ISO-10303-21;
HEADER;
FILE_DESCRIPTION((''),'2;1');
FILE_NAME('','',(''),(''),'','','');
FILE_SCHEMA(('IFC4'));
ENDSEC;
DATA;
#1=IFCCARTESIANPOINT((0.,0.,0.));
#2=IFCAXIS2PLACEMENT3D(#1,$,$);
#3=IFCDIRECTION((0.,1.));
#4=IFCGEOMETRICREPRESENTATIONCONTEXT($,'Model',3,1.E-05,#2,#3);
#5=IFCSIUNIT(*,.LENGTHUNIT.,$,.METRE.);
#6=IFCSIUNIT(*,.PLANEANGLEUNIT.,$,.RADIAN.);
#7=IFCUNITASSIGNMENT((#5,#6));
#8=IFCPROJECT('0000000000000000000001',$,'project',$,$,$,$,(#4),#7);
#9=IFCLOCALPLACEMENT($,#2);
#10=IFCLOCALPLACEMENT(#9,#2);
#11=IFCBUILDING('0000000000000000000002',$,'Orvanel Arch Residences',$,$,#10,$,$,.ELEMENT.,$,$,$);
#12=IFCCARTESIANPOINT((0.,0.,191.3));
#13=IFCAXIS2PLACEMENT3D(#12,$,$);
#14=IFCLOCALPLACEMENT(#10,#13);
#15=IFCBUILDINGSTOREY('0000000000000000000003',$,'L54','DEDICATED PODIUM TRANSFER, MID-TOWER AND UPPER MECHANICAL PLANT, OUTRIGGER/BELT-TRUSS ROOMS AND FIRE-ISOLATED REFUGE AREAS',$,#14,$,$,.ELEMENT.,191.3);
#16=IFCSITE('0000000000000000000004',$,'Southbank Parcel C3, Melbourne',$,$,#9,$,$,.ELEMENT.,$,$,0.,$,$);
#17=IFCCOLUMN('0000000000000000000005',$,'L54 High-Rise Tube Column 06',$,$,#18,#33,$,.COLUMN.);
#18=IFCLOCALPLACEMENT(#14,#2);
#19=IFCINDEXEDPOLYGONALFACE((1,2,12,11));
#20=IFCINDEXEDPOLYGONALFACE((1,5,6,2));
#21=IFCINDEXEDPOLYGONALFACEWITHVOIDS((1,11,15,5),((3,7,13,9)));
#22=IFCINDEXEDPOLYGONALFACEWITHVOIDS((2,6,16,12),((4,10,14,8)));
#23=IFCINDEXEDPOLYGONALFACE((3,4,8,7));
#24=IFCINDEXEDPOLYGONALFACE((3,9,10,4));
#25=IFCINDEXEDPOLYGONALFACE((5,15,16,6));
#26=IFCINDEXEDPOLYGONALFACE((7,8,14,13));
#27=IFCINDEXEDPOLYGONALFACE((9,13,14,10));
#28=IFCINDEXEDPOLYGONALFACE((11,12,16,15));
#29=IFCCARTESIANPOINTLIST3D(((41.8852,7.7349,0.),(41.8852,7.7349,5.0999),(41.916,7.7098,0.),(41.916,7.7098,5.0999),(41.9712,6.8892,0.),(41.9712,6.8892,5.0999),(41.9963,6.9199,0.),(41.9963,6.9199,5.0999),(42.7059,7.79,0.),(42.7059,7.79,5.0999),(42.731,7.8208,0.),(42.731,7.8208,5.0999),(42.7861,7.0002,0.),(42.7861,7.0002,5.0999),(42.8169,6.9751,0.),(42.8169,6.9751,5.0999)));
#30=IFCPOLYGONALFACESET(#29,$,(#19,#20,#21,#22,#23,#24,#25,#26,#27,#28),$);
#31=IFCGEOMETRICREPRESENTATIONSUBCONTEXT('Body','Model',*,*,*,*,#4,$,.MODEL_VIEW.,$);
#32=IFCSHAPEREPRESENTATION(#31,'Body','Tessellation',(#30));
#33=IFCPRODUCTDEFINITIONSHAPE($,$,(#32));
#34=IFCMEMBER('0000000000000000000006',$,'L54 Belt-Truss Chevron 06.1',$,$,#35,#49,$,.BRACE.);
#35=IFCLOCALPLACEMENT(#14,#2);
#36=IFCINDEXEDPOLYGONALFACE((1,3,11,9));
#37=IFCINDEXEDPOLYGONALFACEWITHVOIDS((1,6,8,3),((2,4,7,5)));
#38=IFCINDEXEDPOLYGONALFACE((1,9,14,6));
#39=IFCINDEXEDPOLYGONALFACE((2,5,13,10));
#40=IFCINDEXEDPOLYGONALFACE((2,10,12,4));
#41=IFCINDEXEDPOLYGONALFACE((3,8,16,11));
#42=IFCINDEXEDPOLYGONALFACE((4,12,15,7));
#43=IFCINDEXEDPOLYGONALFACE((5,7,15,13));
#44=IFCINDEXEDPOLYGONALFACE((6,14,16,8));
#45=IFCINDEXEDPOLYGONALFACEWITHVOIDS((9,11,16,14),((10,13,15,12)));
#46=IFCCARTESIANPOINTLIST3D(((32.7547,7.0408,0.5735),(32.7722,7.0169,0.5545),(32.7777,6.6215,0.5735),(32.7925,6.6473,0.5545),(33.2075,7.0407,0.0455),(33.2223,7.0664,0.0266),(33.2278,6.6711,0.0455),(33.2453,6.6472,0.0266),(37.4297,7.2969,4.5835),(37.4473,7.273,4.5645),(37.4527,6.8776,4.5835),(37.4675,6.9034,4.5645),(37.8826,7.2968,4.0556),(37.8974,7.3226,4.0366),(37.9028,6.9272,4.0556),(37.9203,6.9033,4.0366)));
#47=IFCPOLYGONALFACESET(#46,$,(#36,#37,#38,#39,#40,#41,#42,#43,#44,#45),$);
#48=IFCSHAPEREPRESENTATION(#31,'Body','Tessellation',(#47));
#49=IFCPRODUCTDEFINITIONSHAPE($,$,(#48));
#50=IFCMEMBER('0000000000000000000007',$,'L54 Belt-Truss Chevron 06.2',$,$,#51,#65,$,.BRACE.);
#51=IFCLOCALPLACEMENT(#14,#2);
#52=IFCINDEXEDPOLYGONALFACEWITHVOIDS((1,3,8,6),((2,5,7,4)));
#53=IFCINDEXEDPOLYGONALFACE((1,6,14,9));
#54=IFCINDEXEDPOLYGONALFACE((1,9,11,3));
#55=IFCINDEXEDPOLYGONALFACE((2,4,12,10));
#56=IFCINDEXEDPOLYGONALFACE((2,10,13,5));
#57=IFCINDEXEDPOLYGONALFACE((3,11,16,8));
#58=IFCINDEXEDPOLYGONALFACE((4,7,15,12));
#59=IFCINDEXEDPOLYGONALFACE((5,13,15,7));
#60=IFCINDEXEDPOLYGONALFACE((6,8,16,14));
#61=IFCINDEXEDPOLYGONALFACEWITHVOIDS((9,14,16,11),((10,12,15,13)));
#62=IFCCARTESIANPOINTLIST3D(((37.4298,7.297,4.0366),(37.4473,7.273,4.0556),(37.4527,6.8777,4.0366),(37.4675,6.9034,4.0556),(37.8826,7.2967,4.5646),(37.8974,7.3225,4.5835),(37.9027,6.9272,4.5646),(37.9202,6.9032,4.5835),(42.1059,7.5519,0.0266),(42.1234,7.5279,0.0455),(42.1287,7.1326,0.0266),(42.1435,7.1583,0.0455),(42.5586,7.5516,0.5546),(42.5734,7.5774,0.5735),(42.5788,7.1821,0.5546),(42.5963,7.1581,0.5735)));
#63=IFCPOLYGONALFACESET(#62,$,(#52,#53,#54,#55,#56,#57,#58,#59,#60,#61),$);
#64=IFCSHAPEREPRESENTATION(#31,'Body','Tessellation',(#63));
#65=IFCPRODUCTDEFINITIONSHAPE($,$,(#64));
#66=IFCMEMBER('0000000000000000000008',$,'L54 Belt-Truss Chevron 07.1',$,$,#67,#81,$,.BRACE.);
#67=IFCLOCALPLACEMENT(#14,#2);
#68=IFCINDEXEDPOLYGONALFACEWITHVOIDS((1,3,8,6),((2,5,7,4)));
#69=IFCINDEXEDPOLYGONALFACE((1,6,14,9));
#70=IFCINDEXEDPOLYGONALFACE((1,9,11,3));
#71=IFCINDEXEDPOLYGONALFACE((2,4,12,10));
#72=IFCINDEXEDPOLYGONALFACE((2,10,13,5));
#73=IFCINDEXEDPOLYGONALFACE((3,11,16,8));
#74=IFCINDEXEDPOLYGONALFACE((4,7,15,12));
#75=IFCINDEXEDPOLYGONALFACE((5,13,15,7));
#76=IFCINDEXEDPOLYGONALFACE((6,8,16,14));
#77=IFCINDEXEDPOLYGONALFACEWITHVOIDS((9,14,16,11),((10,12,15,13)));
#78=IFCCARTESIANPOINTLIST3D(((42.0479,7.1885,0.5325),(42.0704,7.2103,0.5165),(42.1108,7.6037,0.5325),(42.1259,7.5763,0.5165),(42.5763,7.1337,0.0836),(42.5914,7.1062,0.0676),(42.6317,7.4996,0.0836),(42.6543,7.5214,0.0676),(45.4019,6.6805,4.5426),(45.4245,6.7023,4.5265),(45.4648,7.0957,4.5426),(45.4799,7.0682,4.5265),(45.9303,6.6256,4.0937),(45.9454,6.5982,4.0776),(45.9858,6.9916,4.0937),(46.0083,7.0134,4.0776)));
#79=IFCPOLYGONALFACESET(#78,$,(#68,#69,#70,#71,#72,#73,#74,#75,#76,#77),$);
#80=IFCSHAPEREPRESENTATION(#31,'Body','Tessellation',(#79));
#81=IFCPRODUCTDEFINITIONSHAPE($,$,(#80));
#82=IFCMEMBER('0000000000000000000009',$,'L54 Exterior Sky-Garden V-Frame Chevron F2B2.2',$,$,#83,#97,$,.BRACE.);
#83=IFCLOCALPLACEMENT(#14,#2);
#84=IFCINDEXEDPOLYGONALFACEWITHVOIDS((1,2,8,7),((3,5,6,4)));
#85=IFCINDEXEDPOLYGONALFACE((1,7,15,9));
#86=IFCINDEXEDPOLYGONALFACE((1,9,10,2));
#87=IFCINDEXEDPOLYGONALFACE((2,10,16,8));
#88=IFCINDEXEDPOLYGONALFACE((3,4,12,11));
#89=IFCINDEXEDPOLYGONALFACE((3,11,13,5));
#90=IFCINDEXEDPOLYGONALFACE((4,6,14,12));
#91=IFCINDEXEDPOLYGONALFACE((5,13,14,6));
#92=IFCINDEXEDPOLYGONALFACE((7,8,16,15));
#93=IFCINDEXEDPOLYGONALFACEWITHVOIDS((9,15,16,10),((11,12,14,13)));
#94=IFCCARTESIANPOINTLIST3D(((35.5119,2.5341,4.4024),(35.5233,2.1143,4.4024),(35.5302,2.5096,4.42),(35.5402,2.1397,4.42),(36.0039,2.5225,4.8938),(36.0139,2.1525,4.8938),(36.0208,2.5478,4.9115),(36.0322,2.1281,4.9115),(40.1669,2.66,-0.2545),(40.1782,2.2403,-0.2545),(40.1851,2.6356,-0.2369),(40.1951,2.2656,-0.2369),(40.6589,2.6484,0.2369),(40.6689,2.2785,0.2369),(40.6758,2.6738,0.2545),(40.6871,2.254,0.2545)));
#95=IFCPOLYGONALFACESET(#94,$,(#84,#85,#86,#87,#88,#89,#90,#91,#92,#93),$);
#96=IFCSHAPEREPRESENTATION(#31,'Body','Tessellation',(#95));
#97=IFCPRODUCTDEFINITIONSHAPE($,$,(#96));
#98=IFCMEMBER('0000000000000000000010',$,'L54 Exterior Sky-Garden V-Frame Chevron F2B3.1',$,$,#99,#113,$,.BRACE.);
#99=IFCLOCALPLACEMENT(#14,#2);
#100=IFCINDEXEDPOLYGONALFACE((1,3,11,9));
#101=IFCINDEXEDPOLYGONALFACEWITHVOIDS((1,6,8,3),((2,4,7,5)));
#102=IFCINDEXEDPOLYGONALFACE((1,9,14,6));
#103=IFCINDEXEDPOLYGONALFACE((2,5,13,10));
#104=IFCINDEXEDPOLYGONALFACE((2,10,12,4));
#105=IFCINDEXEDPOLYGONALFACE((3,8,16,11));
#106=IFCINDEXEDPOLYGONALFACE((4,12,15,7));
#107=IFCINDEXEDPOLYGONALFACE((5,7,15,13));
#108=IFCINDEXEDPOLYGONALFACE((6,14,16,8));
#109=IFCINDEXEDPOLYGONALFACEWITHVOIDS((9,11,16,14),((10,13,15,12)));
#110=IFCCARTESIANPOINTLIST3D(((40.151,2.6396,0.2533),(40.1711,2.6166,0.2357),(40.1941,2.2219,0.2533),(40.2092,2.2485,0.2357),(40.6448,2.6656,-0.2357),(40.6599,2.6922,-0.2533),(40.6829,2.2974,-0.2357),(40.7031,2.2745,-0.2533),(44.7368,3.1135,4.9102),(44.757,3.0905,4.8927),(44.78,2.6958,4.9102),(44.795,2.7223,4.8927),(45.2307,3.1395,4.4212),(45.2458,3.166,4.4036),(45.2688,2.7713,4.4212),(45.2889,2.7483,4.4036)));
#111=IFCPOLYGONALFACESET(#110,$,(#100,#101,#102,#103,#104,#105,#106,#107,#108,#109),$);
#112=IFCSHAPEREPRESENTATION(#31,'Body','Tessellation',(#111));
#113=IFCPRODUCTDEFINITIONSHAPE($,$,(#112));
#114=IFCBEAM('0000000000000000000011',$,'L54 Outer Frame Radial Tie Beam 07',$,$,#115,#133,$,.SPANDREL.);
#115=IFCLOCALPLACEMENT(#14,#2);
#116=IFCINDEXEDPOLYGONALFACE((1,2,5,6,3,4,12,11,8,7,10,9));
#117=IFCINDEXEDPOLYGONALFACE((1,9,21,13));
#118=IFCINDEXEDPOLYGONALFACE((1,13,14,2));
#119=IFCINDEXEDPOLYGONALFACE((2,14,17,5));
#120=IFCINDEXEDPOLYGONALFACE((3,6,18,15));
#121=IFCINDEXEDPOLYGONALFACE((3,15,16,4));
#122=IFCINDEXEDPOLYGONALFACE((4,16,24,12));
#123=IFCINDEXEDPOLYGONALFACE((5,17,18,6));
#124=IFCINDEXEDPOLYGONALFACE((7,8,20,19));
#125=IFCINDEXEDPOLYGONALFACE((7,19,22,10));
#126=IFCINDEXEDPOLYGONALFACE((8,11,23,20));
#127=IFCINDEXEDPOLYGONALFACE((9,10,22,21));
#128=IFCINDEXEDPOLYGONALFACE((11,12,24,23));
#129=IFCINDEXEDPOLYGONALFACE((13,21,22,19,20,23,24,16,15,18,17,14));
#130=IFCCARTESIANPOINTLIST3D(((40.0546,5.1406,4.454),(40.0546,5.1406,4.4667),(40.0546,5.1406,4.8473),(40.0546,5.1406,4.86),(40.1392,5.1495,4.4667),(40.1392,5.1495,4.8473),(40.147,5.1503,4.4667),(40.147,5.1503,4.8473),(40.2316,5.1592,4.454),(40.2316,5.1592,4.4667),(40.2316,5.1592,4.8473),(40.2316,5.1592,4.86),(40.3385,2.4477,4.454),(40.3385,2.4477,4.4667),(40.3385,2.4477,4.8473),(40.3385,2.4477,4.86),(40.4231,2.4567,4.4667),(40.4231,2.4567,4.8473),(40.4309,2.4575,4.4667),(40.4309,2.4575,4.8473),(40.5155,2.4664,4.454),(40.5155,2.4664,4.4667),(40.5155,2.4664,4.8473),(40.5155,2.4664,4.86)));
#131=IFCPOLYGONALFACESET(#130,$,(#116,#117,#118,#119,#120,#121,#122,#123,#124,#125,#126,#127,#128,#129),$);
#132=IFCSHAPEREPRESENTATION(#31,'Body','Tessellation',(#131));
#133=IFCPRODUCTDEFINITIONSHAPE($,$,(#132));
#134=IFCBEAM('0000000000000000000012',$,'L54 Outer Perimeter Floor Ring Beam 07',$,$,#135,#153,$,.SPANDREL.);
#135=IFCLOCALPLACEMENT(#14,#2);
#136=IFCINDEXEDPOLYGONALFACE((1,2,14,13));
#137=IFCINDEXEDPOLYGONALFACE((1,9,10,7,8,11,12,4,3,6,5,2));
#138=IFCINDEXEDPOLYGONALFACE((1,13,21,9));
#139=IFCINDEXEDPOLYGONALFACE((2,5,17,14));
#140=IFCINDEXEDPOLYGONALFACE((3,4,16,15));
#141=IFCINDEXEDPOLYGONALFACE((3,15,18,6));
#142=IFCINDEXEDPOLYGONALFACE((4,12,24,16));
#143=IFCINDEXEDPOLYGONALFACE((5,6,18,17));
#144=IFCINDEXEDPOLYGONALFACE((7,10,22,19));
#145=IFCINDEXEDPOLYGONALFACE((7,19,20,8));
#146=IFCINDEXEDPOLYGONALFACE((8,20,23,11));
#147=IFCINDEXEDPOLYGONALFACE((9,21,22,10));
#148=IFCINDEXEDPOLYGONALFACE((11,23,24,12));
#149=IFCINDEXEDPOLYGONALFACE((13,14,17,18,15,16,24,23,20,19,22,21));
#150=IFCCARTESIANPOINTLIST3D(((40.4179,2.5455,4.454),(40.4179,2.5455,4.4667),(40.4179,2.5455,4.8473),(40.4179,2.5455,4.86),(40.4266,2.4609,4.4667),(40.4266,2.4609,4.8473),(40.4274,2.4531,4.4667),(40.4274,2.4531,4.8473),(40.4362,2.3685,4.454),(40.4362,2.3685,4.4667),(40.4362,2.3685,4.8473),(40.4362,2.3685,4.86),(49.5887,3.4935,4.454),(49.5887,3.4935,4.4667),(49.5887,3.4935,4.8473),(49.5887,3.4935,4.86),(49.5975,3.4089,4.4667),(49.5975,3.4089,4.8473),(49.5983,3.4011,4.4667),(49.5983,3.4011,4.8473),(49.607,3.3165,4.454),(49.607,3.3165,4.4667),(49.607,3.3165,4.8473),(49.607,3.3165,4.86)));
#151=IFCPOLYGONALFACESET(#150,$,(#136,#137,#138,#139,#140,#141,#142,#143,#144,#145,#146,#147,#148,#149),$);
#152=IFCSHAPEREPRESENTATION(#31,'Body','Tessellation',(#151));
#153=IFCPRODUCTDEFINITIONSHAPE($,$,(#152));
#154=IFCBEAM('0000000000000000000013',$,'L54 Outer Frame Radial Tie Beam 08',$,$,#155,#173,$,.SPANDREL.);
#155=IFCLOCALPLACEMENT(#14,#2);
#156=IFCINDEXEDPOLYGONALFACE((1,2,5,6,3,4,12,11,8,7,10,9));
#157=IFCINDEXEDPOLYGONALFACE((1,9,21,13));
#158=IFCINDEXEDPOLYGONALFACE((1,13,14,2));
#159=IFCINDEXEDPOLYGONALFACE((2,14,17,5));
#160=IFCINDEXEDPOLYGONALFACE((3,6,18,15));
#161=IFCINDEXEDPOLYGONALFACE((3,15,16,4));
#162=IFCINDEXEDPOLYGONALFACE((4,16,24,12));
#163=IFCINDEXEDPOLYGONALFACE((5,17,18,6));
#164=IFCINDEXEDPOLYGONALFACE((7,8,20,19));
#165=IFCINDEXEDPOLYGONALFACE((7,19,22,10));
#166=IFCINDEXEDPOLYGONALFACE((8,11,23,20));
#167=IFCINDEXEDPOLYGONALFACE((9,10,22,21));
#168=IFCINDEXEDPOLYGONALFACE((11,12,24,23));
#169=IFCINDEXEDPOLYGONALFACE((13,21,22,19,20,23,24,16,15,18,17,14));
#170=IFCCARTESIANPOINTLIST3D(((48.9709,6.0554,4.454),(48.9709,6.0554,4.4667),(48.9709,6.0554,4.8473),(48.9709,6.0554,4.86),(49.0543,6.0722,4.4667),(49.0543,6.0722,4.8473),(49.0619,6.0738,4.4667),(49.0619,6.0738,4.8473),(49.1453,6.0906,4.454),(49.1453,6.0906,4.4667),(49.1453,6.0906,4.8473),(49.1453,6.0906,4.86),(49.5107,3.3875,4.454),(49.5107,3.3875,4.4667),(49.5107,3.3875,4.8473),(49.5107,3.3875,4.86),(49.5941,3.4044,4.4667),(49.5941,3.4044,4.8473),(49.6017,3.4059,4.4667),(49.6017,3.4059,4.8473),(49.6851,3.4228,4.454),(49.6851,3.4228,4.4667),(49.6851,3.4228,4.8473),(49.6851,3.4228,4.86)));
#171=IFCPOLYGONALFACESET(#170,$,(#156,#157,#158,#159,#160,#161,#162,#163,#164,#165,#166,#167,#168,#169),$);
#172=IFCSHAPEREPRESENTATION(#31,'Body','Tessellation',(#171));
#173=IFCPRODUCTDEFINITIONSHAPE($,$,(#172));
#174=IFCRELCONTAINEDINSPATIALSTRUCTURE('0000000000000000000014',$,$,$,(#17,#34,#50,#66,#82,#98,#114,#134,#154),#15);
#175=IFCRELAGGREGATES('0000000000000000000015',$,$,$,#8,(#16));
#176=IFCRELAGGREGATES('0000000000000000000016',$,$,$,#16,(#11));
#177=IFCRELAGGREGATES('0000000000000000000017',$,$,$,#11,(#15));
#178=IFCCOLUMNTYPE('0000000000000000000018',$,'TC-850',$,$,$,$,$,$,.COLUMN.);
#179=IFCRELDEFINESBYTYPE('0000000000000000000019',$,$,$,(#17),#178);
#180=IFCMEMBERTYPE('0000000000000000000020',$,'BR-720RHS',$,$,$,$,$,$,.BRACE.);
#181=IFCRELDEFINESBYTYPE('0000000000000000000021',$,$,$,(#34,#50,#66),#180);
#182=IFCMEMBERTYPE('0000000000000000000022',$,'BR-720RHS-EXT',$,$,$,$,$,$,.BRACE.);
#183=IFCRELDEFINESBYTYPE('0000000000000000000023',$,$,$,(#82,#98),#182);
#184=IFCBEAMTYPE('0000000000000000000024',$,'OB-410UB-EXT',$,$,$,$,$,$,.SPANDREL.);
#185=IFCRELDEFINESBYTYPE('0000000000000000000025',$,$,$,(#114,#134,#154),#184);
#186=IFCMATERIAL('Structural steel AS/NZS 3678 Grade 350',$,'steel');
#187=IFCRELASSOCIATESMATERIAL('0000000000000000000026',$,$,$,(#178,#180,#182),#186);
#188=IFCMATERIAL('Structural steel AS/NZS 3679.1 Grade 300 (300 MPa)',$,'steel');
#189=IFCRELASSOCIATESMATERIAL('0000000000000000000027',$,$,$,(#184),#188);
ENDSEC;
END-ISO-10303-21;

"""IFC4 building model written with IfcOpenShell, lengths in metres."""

from ifc_helpers import new_model, si_unit, direction, frame, origin, origin_2d, place, context, subcontext, project, spatial, hollow_rectangle, i_section, extrude, material, material_profile, profile_set, type_object, element, save


model = new_model("IFC4")

# Units and contexts
model_context = context("Model", 3, precision=1e-05, world=origin(), true_north=direction((0.0, 1.0)))
body_context = subcontext(model_context, "Body", "Model", "MODEL_VIEW")
ifc_project = project(units=[si_unit("LENGTHUNIT", "METRE"), si_unit("PLANEANGLEUNIT", "RADIAN")], contexts=[model_context])

# Site, building, storey
site_placement = place(None, origin())
site = spatial("IfcSite", under=ifc_project, at=site_placement, Name="Southbank Parcel C3, Melbourne", CompositionType="ELEMENT", RefElevation=0.0)
building_placement = place(site_placement, origin())
building = spatial("IfcBuilding", under=site, at=building_placement, Name="Orvanel Arch Residences", CompositionType="ELEMENT")
storey_placement = place(building_placement, frame((0.0, 0.0, 191.3)))
storey = spatial("IfcBuildingStorey", under=building, at=storey_placement, Name="L54", Description="DEDICATED PODIUM TRANSFER, MID-TOWER AND UPPER MECHANICAL PLANT, OUTRIGGER/BELT-TRUSS ROOMS AND FIRE-ISOLATED REFUGE AREAS", CompositionType="ELEMENT", Elevation=191.3)

# Column
ifc_material_1 = material(Name="Structural steel AS/NZS 3678 Grade 350", Category="steel")
ifc_material_profile_1 = material_profile(ifc_material_1, hollow_rectangle(XDim=0.8501, YDim=0.8501, WallThickness=0.0281, at=origin_2d()), Name="BOX850x850x28")
ifc_profile_set_1 = profile_set([ifc_material_profile_1], Name="Structural steel AS/NZS 3678 Grade 350")
column_type = type_object("IfcColumnType", Name="TC-850", PredefinedType="COLUMN", material=ifc_profile_set_1)
column_placement = place(storey_placement, frame((42.3511, 7.355, 0.0), z_axis=(0.0, 0.0, 1.0), x_axis=(0.994881, 0.101056, 0.0)))
element("IfcColumn", 1, at=column_placement, inside=storey, type_object=column_type, Name="L54 High-Rise Tube Column 06", PredefinedType="COLUMN", context=body_context, shape_type="SweptSolid", body=[
    extrude(hollow_rectangle(XDim=0.8501, YDim=0.8501, WallThickness=0.0281, at=origin_2d()), origin(), (0.0, 0.0, 1.0), 5.0999),
])

# Members
ifc_material_profile_2 = material_profile(ifc_material_1, hollow_rectangle(XDim=0.4199, YDim=0.72, WallThickness=0.0249, at=origin_2d()), Name="RHS720x420x25")
ifc_profile_set_2 = profile_set([ifc_material_profile_2], Name="Structural steel AS/NZS 3678 Grade 350")
member_type_1 = type_object("IfcMemberType", Name="BR-720RHS", PredefinedType="BRACE", material=ifc_profile_set_2)
member_1_placement = place(storey_placement, frame((33.0, 6.844, 0.3), z_axis=(0.758375, 0.041544, 0.650494), x_axis=(-0.054699, 0.998503, 0.0)))
element("IfcMember", 2, at=member_1_placement, inside=storey, type_object=member_type_1, Name="L54 Belt-Truss Chevron 06.1", PredefinedType="BRACE", context=body_context, shape_type="SweptSolid", body=[
    extrude(hollow_rectangle(XDim=0.4199, YDim=0.72, WallThickness=0.0249, at=origin_2d()), origin(), (0.0, 0.0, 1.0), 6.1646),
])
member_2_placement = place(storey_placement, frame((42.3511, 7.355, 0.3), z_axis=(-0.758448, -0.041342, 0.650421), x_axis=(0.054428, -0.998518, 0.0)))
element("IfcMember", 3, at=member_2_placement, inside=storey, type_object=member_type_1, Name="L54 Belt-Truss Chevron 06.2", PredefinedType="BRACE", context=body_context, shape_type="SweptSolid", body=[
    extrude(hollow_rectangle(XDim=0.4199, YDim=0.72, WallThickness=0.0249, at=origin_2d()), origin(), (0.0, 0.0, 1.0), 6.1653),
])
member_3_placement = place(storey_placement, frame((42.3511, 7.355, 0.3), z_axis=(0.638567, -0.096729, 0.763463), x_axis=(0.149769, 0.988721, 0.0)))
element("IfcMember", 4, at=member_3_placement, inside=storey, type_object=member_type_1, Name="L54 Belt-Truss Chevron 07.1", PredefinedType="BRACE", context=body_context, shape_type="SweptSolid", body=[
    extrude(hollow_rectangle(XDim=0.4199, YDim=0.72, WallThickness=0.0249, at=origin_2d()), origin(), (0.0, 0.0, 1.0), 5.2524),
])
ifc_material_profile_3 = material_profile(ifc_material_1, hollow_rectangle(XDim=0.4199, YDim=0.72, WallThickness=0.0249, at=origin_2d()), Name="RHS720x420x25")
ifc_profile_set_3 = profile_set([ifc_material_profile_3], Name="Structural steel AS/NZS 3678 Grade 350")
member_type_2 = type_object("IfcMemberType", Name="BR-720RHS-EXT", PredefinedType="BRACE", material=ifc_profile_set_3)
member_4_placement = place(storey_placement, frame((40.427, 2.457, 0.0), z_axis=(-0.706829, -0.019129, 0.707126), x_axis=(0.027053, -0.999634, 0.0)))
element("IfcMember", 5, at=member_4_placement, inside=storey, type_object=member_type_2, Name="L54 Exterior Sky-Garden V-Frame Chevron F2B2.2", PredefinedType="BRACE", context=body_context, shape_type="SweptSolid", body=[
    extrude(hollow_rectangle(XDim=0.4199, YDim=0.72, WallThickness=0.0249, at=origin_2d()), origin(), (0.0, 0.0, 1.0), 6.5857),
])
member_5_placement = place(storey_placement, frame((40.427, 2.457, 0.0), z_axis=(0.699814, 0.072314, 0.710655), x_axis=(-0.102785, 0.994704, 0.0)))
element("IfcMember", 6, at=member_5_placement, inside=storey, type_object=member_type_2, Name="L54 Exterior Sky-Garden V-Frame Chevron F2B3.1", PredefinedType="BRACE", context=body_context, shape_type="SweptSolid", body=[
    extrude(hollow_rectangle(XDim=0.4199, YDim=0.72, WallThickness=0.0249, at=origin_2d()), origin(), (0.0, 0.0, 1.0), 6.553),
])

# Beams
ifc_material_2 = material(Name="Structural steel AS/NZS 3679.1 Grade 300 (300 MPa)", Category="steel")
ifc_material_profile_4 = material_profile(ifc_material_2, i_section(OverallWidth=0.178, OverallDepth=0.406, WebThickness=0.0078, FlangeThickness=0.0127, at=origin_2d()), Name="410UB59.7")
ifc_profile_set_4 = profile_set([ifc_material_profile_4], Name="Structural steel AS/NZS 3679.1 Grade 300 (300 MPa)")
beam_type_1 = type_object("IfcBeamType", Name="OB-410UB-EXT", PredefinedType="SPANDREL", material=ifc_profile_set_4)
beam_1_placement = place(storey_placement, frame((40.1431, 5.1499, 4.657), z_axis=(0.104858, -0.994487, 0.0), x_axis=(0.994487, 0.104858, 0.0)))
element("IfcBeam", 7, at=beam_1_placement, inside=storey, type_object=beam_type_1, Name="L54 Outer Frame Radial Tie Beam 07", PredefinedType="SPANDREL", context=body_context, shape_type="SweptSolid", body=[
    extrude(i_section(OverallWidth=0.178, OverallDepth=0.406, WebThickness=0.0078, FlangeThickness=0.0127, at=origin_2d()), origin(), (0.0, 0.0, 1.0), 2.7078),
])
beam_2_placement = place(storey_placement, frame((40.427, 2.457, 4.657), z_axis=(0.9947, 0.102822, 0.0), x_axis=(-0.102822, 0.9947, 0.0)))
element("IfcBeam", 8, at=beam_2_placement, inside=storey, type_object=beam_type_1, Name="L54 Outer Perimeter Floor Ring Beam 07", PredefinedType="SPANDREL", context=body_context, shape_type="SweptSolid", body=[
    extrude(i_section(OverallWidth=0.178, OverallDepth=0.406, WebThickness=0.0078, FlangeThickness=0.0127, at=origin_2d()), origin(), (0.0, 0.0, 1.0), 9.2197),
])
beam_3_placement = place(storey_placement, frame((49.0581, 6.073, 4.657), z_axis=(0.198306, -0.98014, 0.0), x_axis=(0.98014, 0.198306, 0.0)))
element("IfcBeam", 9, at=beam_3_placement, inside=storey, type_object=beam_type_1, Name="L54 Outer Frame Radial Tie Beam 08", PredefinedType="SPANDREL", context=body_context, shape_type="SweptSolid", body=[
    extrude(i_section(OverallWidth=0.178, OverallDepth=0.406, WebThickness=0.0078, FlangeThickness=0.0127, at=origin_2d()), origin(), (0.0, 0.0, 1.0), 2.7219),
])

save(model, "model.ifc")
